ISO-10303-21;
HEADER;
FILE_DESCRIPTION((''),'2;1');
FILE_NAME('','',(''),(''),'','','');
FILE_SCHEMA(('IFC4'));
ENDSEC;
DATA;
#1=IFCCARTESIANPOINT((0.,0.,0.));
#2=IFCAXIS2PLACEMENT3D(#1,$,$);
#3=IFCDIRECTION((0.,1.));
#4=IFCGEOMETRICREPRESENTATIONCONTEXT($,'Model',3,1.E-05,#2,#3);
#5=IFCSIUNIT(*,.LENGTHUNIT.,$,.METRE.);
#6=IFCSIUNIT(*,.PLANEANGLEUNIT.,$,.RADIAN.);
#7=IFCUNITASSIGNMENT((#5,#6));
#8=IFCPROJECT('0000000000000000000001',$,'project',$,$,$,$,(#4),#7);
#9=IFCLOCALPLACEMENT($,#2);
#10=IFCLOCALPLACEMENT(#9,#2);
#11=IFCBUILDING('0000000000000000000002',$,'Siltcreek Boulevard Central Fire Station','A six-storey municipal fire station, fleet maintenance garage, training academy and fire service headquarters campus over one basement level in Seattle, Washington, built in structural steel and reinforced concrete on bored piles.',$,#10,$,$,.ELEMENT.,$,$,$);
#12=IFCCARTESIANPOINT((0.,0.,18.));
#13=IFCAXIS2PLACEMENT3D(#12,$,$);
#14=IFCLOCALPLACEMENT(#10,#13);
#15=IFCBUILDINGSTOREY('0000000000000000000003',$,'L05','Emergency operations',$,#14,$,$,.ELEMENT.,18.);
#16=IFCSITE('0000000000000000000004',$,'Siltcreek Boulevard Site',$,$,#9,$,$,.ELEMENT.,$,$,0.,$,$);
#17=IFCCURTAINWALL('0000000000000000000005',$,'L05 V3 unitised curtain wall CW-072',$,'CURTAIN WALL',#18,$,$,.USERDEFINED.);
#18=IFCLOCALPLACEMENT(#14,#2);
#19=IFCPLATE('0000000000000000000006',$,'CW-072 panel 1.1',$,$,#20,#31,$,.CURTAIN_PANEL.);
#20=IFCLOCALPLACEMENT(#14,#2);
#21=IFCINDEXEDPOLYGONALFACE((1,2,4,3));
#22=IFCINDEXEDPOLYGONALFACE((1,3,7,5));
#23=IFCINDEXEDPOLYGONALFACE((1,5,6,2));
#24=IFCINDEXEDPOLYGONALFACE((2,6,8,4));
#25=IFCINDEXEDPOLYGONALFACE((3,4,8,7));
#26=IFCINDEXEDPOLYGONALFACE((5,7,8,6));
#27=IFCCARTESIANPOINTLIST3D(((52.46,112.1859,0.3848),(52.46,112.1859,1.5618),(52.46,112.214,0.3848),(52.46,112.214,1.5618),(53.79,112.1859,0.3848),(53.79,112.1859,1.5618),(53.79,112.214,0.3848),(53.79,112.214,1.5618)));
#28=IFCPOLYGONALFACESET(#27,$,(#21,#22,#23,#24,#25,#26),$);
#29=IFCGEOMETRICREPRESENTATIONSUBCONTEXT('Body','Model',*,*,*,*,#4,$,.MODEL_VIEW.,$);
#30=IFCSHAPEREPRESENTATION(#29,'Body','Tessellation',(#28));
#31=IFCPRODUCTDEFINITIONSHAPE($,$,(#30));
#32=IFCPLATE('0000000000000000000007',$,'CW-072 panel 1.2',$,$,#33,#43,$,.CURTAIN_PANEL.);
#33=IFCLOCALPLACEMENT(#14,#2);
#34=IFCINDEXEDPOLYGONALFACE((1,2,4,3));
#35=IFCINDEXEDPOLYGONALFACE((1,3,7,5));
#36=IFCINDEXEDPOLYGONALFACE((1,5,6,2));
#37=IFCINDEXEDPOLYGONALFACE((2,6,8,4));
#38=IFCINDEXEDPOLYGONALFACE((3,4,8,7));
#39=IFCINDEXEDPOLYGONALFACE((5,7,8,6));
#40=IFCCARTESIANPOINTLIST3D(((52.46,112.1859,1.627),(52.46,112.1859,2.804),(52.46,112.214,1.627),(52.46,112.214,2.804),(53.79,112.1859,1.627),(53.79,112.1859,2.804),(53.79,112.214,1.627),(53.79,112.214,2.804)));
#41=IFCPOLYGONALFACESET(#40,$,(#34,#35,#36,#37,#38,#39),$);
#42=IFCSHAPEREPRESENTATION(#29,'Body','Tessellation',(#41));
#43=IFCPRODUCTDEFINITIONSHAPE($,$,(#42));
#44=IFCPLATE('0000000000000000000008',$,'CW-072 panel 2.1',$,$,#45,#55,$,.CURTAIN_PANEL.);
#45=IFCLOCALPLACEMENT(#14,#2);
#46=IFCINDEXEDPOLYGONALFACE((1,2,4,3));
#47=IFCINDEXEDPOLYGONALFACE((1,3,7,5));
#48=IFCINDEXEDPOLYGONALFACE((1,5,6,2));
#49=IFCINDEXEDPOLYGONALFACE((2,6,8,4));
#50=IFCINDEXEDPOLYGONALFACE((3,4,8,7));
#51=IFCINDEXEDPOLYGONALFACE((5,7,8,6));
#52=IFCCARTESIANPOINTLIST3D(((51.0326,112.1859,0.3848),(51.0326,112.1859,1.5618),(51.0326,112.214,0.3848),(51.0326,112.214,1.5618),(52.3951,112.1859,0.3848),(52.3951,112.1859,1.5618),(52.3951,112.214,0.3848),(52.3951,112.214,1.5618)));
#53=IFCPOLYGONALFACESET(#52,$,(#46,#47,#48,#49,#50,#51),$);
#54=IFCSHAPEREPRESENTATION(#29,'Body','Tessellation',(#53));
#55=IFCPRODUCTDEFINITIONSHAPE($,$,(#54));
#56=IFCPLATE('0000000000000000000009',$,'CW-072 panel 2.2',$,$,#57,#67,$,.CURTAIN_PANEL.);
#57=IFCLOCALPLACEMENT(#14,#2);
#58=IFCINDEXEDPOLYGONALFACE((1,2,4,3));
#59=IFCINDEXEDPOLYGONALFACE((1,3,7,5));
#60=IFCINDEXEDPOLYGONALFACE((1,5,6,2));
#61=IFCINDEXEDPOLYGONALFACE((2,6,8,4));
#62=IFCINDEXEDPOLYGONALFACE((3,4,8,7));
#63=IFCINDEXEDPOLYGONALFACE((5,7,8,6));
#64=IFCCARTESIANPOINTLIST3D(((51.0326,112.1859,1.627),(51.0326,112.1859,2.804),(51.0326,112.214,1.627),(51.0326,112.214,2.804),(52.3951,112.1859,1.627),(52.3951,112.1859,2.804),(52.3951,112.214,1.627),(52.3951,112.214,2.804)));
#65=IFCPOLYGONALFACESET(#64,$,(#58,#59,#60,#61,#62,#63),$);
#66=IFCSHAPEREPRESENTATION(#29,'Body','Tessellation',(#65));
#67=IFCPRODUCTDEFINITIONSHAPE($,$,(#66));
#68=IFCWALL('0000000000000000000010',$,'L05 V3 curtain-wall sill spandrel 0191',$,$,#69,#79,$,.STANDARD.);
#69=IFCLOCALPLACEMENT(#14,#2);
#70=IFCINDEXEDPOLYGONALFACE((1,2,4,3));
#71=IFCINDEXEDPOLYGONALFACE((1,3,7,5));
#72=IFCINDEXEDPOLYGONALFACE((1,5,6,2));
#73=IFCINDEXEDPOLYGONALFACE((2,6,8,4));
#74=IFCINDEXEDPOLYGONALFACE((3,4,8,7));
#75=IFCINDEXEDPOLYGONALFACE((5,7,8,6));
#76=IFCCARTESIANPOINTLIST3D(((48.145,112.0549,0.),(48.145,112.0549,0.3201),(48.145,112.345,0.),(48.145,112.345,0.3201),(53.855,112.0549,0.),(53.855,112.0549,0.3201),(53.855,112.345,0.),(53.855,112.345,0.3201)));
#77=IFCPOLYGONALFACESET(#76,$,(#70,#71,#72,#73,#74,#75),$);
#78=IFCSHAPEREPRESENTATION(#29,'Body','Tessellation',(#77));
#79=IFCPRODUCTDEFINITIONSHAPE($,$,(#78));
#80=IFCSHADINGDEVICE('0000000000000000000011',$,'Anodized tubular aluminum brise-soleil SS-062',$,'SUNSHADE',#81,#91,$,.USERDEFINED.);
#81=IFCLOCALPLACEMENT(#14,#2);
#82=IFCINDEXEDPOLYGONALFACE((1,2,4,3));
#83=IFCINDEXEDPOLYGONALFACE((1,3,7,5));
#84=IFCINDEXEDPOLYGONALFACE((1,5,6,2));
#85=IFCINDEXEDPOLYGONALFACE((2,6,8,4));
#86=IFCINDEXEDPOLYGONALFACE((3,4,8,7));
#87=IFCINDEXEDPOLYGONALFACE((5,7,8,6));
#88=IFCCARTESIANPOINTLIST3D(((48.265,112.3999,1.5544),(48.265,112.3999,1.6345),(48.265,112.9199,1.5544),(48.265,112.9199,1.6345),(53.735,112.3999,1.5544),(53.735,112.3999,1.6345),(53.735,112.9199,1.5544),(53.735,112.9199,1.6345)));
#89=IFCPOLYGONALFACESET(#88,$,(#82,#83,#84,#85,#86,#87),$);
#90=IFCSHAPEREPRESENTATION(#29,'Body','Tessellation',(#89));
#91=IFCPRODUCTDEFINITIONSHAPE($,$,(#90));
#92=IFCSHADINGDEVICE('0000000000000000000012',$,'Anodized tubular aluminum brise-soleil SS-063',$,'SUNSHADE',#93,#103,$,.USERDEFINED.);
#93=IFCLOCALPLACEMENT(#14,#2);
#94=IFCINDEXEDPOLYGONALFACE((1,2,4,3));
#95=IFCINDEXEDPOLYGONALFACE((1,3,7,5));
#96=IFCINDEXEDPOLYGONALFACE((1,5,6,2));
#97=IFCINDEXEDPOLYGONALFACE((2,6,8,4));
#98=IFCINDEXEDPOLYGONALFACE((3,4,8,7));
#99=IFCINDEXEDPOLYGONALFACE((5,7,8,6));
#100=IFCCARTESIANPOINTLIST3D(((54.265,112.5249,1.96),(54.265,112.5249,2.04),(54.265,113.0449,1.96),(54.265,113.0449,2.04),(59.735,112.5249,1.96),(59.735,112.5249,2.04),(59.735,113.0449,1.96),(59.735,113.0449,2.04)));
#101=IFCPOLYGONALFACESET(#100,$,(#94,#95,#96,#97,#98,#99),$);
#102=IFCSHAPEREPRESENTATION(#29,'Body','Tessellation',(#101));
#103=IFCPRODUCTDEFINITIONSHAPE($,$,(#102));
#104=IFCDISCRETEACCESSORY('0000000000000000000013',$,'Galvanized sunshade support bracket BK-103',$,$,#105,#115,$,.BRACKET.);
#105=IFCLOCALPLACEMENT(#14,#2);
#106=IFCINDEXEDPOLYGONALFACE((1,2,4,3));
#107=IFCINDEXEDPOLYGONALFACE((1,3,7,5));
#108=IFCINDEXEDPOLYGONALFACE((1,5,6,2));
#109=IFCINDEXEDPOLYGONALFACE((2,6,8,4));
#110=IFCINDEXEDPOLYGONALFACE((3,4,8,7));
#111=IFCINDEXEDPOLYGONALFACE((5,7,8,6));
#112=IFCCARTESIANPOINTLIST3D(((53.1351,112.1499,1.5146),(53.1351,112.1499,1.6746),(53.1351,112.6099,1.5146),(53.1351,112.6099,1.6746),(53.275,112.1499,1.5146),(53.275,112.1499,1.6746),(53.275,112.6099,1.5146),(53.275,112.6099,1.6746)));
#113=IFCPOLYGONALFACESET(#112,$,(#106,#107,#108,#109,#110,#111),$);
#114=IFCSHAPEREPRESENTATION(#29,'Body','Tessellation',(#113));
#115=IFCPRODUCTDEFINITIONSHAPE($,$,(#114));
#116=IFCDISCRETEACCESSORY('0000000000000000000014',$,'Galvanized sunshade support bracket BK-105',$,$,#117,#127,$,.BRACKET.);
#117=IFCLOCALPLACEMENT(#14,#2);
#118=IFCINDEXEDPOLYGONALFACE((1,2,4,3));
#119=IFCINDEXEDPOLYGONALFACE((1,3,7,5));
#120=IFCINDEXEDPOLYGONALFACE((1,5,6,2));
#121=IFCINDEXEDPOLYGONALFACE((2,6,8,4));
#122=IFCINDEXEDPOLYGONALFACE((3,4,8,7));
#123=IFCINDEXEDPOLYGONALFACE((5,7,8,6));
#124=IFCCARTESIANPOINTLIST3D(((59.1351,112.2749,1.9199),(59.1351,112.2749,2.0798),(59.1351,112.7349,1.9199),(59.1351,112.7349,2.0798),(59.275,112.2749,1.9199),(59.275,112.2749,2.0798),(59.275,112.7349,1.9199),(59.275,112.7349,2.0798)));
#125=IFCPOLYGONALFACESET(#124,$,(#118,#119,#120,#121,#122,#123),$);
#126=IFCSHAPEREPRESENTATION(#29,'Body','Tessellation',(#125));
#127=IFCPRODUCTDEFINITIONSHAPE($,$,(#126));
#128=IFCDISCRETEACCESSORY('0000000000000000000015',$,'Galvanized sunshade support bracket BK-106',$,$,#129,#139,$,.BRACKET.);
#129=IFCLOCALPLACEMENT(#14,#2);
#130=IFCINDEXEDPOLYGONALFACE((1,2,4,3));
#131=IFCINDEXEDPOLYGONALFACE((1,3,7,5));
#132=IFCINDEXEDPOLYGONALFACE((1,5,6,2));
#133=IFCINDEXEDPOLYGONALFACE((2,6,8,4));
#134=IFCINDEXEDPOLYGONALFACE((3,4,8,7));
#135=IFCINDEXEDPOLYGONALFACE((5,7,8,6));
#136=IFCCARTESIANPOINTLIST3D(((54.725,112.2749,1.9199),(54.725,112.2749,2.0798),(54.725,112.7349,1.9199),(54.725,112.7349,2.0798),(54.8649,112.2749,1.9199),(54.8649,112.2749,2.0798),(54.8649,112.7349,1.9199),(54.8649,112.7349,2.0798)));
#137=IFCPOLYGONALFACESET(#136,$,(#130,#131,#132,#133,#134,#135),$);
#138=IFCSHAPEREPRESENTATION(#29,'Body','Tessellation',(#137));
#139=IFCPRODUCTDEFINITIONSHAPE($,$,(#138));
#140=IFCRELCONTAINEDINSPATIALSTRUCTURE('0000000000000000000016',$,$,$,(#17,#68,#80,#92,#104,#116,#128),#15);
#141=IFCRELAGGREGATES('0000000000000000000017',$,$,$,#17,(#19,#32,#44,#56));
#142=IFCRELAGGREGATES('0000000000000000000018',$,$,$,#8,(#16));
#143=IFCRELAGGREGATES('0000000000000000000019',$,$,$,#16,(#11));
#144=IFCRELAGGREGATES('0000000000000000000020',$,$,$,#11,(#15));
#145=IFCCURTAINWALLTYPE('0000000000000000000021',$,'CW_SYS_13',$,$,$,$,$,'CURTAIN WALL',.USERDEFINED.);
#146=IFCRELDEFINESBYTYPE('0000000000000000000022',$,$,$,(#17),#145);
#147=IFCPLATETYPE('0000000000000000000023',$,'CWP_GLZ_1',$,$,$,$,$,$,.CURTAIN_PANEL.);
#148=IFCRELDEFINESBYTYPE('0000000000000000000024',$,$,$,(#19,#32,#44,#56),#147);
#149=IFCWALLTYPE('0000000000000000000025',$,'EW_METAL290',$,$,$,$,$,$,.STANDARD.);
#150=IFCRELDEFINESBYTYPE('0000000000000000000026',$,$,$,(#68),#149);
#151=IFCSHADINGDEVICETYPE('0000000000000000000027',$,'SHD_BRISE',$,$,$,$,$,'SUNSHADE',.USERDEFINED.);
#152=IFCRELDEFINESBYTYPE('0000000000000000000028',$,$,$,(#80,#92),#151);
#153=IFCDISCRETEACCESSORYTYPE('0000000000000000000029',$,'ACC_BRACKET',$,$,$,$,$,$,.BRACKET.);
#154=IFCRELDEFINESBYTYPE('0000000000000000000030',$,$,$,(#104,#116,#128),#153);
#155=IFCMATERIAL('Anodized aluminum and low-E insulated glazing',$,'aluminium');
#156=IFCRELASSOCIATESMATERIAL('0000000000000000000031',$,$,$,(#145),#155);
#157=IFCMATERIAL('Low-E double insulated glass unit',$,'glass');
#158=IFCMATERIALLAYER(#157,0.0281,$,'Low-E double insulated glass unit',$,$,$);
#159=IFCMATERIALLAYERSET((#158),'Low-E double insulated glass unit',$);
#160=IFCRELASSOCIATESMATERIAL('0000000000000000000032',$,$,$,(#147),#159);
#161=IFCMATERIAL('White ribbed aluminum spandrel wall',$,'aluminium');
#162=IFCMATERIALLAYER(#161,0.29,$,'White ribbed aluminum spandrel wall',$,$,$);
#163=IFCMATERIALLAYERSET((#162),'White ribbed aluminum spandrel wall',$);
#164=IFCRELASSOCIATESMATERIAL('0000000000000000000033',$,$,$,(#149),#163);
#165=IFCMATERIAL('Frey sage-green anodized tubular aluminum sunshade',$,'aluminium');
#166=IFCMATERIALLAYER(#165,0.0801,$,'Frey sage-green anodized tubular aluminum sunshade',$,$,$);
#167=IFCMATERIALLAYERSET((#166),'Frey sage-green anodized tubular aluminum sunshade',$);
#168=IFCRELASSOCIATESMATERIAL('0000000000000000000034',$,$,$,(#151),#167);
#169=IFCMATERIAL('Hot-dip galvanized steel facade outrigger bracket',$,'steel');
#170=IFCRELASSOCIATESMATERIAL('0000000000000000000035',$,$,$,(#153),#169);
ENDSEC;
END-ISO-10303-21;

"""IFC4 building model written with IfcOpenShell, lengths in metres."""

from ifc_helpers import new_model, si_unit, direction, frame, frame_2d, origin, origin_2d, place, context, subcontext, project, spatial, rectangle, extrude, material, layer, layer_set, type_object, element, aggregate, save


model = new_model("IFC4")

# Units and contexts
model_context = context("Model", 3, precision=1e-05, world=origin(), true_north=direction((0.0, 1.0)))
body_context = subcontext(model_context, "Body", "Model", "MODEL_VIEW")
ifc_project = project(units=[si_unit("LENGTHUNIT", "METRE"), si_unit("PLANEANGLEUNIT", "RADIAN")], contexts=[model_context])

# Site, building, storey
site_placement = place(None, origin())
site = spatial("IfcSite", under=ifc_project, at=site_placement, Name="Siltcreek Boulevard Site", CompositionType="ELEMENT", RefElevation=0.0)
building_placement = place(site_placement, origin())
building = spatial("IfcBuilding", under=site, at=building_placement, Name="Siltcreek Boulevard Central Fire Station", Description="A six-storey municipal fire station, fleet maintenance garage, training academy and fire service headquarters campus over one basement level in Seattle, Washington, built in structural steel and reinforced concrete on bored piles.", CompositionType="ELEMENT")
storey_placement = place(building_placement, frame((0.0, 0.0, 18.0)))
storey = spatial("IfcBuildingStorey", under=building, at=storey_placement, Name="L05", Description="Emergency operations", CompositionType="ELEMENT", Elevation=18.0)

# Curtain wall, plates
ifc_material_1 = material(Name="Anodized aluminum and low-E insulated glazing", Category="aluminium")
curtain_wall_type = type_object("IfcCurtainWallType", Name="CW_SYS_13", ElementType="CURTAIN WALL", PredefinedType="USERDEFINED", material=ifc_material_1)
curtain_wall_placement = place(storey_placement, origin())
curtain_wall = element("IfcCurtainWall", 1, at=curtain_wall_placement, inside=storey, type_object=curtain_wall_type, Name="L05 V3 unitised curtain wall CW-072", ObjectType="CURTAIN WALL", PredefinedType="USERDEFINED")
ifc_material_2 = material(Name="Low-E double insulated glass unit", Category="glass")
ifc_layer_1 = layer(ifc_material_2, 0.0281, Name="Low-E double insulated glass unit")
ifc_layer_set_1 = layer_set([ifc_layer_1], Name="Low-E double insulated glass unit")
plate_type = type_object("IfcPlateType", Name="CWP_GLZ_1", PredefinedType="CURTAIN_PANEL", material=ifc_layer_set_1)
plate_1_placement = place(storey_placement, frame((53.125, 112.2, 0.3848), z_axis=(0.0, 0.0, 1.0), x_axis=(-1.0, 0.0, 0.0)))
plate_1 = element("IfcPlate", 2, at=plate_1_placement, type_object=plate_type, Name="CW-072 panel 1.1", PredefinedType="CURTAIN_PANEL", context=body_context, shape_type="SweptSolid", body=[
    extrude(rectangle(XDim=1.3301, YDim=0.0281, at=origin_2d()), origin(), (0.0, 0.0, 1.0), 1.177),
])
plate_2_placement = place(storey_placement, frame((53.125, 112.2, 1.627), z_axis=(0.0, 0.0, 1.0), x_axis=(-1.0, 0.0, 0.0)))
plate_2 = element("IfcPlate", 3, at=plate_2_placement, type_object=plate_type, Name="CW-072 panel 1.2", PredefinedType="CURTAIN_PANEL", context=body_context, shape_type="SweptSolid", body=[
    extrude(rectangle(XDim=1.3301, YDim=0.0281, at=origin_2d()), origin(), (0.0, 0.0, 1.0), 1.177),
])
plate_3_placement = place(storey_placement, frame((51.7139, 112.2, 0.3848), z_axis=(0.0, 0.0, 1.0), x_axis=(-1.0, 0.0, 0.0)))
plate_3 = element("IfcPlate", 4, at=plate_3_placement, type_object=plate_type, Name="CW-072 panel 2.1", PredefinedType="CURTAIN_PANEL", context=body_context, shape_type="SweptSolid", body=[
    extrude(rectangle(XDim=1.3625, YDim=0.0281, at=origin_2d()), origin(), (0.0, 0.0, 1.0), 1.177),
])
plate_4_placement = place(storey_placement, frame((51.7139, 112.2, 1.627), z_axis=(0.0, 0.0, 1.0), x_axis=(-1.0, 0.0, 0.0)))
plate_4 = element("IfcPlate", 5, at=plate_4_placement, type_object=plate_type, Name="CW-072 panel 2.2", PredefinedType="CURTAIN_PANEL", context=body_context, shape_type="SweptSolid", body=[
    extrude(rectangle(XDim=1.3625, YDim=0.0281, at=origin_2d()), origin(), (0.0, 0.0, 1.0), 1.177),
])
aggregate(curtain_wall, [plate_1, plate_2, plate_3, plate_4])

# Wall
ifc_material_3 = material(Name="White ribbed aluminum spandrel wall", Category="aluminium")
ifc_layer_2 = layer(ifc_material_3, 0.29, Name="White ribbed aluminum spandrel wall")
ifc_layer_set_2 = layer_set([ifc_layer_2], Name="White ribbed aluminum spandrel wall")
wall_type = type_object("IfcWallType", Name="EW_METAL290", PredefinedType="STANDARD", material=ifc_layer_set_2)
wall_placement = place(storey_placement, frame((53.855, 112.2, 0.0), z_axis=(0.0, 0.0, 1.0), x_axis=(-1.0, 0.0, 0.0)))
element("IfcWall", 6, at=wall_placement, inside=storey, type_object=wall_type, Name="L05 V3 curtain-wall sill spandrel 0191", PredefinedType="STANDARD", context=body_context, shape_type="SweptSolid", body=[
    extrude(rectangle(XDim=5.71, YDim=0.29, at=frame_2d((2.855, 0.0))), origin(), (0.0, 0.0, 1.0), 0.3201),
])

# Shading devices
ifc_material_4 = material(Name="Frey sage-green anodized tubular aluminum sunshade", Category="aluminium")
ifc_layer_3 = layer(ifc_material_4, 0.0801, Name="Frey sage-green anodized tubular aluminum sunshade")
ifc_layer_set_3 = layer_set([ifc_layer_3], Name="Frey sage-green anodized tubular aluminum sunshade")
shading_device_type = type_object("IfcShadingDeviceType", Name="SHD_BRISE", ElementType="SUNSHADE", PredefinedType="USERDEFINED", material=ifc_layer_set_3)
for number, where, z_axis, x_axis, name in (
    (7, (51.0, 112.6599, 1.5544), (0.0, 0.0, 1.0), (-1.0, 0.0, 0.0), "Anodized tubular aluminum brise-soleil SS-062"),
    (8, (57.0, 112.7849, 1.96), (0.0, 0.0, 1.0), (-1.0, 0.0, 0.0), "Anodized tubular aluminum brise-soleil SS-063"),
):
    element("IfcShadingDevice", number, at=place(storey_placement, frame(where, z_axis=z_axis, x_axis=x_axis)), inside=storey, type_object=shading_device_type, Name=name, ObjectType="SUNSHADE", PredefinedType="USERDEFINED", context=body_context, shape_type="SweptSolid", body=[
        extrude(rectangle(XDim=5.47, YDim=0.52, at=origin_2d()), origin(), (0.0, 0.0, 1.0), 0.0801),
    ])

# Discrete accessories
ifc_material_5 = material(Name="Hot-dip galvanized steel facade outrigger bracket", Category="steel")
discrete_accessory_type = type_object("IfcDiscreteAccessoryType", Name="ACC_BRACKET", PredefinedType="BRACKET", material=ifc_material_5)
for number, where, z_axis, x_axis, name in (
    (9, (53.2051, 112.3799, 1.5146), (0.0, 0.0, 1.0), (-1.0, 0.0, 0.0), "Galvanized sunshade support bracket BK-103"),
    (10, (59.2051, 112.5049, 1.9199), (0.0, 0.0, 1.0), (-1.0, 0.0, 0.0), "Galvanized sunshade support bracket BK-105"),
    (11, (54.7949, 112.5049, 1.9199), (0.0, 0.0, 1.0), (-1.0, 0.0, 0.0), "Galvanized sunshade support bracket BK-106"),
):
    element("IfcDiscreteAccessory", number, at=place(storey_placement, frame(where, z_axis=z_axis, x_axis=x_axis)), inside=storey, type_object=discrete_accessory_type, Name=name, PredefinedType="BRACKET", context=body_context, shape_type="SweptSolid", body=[
        extrude(rectangle(XDim=0.1399, YDim=0.46, at=origin_2d()), origin(), (0.0, 0.0, 1.0), 0.1599),
    ])

save(model, "model.ifc")
